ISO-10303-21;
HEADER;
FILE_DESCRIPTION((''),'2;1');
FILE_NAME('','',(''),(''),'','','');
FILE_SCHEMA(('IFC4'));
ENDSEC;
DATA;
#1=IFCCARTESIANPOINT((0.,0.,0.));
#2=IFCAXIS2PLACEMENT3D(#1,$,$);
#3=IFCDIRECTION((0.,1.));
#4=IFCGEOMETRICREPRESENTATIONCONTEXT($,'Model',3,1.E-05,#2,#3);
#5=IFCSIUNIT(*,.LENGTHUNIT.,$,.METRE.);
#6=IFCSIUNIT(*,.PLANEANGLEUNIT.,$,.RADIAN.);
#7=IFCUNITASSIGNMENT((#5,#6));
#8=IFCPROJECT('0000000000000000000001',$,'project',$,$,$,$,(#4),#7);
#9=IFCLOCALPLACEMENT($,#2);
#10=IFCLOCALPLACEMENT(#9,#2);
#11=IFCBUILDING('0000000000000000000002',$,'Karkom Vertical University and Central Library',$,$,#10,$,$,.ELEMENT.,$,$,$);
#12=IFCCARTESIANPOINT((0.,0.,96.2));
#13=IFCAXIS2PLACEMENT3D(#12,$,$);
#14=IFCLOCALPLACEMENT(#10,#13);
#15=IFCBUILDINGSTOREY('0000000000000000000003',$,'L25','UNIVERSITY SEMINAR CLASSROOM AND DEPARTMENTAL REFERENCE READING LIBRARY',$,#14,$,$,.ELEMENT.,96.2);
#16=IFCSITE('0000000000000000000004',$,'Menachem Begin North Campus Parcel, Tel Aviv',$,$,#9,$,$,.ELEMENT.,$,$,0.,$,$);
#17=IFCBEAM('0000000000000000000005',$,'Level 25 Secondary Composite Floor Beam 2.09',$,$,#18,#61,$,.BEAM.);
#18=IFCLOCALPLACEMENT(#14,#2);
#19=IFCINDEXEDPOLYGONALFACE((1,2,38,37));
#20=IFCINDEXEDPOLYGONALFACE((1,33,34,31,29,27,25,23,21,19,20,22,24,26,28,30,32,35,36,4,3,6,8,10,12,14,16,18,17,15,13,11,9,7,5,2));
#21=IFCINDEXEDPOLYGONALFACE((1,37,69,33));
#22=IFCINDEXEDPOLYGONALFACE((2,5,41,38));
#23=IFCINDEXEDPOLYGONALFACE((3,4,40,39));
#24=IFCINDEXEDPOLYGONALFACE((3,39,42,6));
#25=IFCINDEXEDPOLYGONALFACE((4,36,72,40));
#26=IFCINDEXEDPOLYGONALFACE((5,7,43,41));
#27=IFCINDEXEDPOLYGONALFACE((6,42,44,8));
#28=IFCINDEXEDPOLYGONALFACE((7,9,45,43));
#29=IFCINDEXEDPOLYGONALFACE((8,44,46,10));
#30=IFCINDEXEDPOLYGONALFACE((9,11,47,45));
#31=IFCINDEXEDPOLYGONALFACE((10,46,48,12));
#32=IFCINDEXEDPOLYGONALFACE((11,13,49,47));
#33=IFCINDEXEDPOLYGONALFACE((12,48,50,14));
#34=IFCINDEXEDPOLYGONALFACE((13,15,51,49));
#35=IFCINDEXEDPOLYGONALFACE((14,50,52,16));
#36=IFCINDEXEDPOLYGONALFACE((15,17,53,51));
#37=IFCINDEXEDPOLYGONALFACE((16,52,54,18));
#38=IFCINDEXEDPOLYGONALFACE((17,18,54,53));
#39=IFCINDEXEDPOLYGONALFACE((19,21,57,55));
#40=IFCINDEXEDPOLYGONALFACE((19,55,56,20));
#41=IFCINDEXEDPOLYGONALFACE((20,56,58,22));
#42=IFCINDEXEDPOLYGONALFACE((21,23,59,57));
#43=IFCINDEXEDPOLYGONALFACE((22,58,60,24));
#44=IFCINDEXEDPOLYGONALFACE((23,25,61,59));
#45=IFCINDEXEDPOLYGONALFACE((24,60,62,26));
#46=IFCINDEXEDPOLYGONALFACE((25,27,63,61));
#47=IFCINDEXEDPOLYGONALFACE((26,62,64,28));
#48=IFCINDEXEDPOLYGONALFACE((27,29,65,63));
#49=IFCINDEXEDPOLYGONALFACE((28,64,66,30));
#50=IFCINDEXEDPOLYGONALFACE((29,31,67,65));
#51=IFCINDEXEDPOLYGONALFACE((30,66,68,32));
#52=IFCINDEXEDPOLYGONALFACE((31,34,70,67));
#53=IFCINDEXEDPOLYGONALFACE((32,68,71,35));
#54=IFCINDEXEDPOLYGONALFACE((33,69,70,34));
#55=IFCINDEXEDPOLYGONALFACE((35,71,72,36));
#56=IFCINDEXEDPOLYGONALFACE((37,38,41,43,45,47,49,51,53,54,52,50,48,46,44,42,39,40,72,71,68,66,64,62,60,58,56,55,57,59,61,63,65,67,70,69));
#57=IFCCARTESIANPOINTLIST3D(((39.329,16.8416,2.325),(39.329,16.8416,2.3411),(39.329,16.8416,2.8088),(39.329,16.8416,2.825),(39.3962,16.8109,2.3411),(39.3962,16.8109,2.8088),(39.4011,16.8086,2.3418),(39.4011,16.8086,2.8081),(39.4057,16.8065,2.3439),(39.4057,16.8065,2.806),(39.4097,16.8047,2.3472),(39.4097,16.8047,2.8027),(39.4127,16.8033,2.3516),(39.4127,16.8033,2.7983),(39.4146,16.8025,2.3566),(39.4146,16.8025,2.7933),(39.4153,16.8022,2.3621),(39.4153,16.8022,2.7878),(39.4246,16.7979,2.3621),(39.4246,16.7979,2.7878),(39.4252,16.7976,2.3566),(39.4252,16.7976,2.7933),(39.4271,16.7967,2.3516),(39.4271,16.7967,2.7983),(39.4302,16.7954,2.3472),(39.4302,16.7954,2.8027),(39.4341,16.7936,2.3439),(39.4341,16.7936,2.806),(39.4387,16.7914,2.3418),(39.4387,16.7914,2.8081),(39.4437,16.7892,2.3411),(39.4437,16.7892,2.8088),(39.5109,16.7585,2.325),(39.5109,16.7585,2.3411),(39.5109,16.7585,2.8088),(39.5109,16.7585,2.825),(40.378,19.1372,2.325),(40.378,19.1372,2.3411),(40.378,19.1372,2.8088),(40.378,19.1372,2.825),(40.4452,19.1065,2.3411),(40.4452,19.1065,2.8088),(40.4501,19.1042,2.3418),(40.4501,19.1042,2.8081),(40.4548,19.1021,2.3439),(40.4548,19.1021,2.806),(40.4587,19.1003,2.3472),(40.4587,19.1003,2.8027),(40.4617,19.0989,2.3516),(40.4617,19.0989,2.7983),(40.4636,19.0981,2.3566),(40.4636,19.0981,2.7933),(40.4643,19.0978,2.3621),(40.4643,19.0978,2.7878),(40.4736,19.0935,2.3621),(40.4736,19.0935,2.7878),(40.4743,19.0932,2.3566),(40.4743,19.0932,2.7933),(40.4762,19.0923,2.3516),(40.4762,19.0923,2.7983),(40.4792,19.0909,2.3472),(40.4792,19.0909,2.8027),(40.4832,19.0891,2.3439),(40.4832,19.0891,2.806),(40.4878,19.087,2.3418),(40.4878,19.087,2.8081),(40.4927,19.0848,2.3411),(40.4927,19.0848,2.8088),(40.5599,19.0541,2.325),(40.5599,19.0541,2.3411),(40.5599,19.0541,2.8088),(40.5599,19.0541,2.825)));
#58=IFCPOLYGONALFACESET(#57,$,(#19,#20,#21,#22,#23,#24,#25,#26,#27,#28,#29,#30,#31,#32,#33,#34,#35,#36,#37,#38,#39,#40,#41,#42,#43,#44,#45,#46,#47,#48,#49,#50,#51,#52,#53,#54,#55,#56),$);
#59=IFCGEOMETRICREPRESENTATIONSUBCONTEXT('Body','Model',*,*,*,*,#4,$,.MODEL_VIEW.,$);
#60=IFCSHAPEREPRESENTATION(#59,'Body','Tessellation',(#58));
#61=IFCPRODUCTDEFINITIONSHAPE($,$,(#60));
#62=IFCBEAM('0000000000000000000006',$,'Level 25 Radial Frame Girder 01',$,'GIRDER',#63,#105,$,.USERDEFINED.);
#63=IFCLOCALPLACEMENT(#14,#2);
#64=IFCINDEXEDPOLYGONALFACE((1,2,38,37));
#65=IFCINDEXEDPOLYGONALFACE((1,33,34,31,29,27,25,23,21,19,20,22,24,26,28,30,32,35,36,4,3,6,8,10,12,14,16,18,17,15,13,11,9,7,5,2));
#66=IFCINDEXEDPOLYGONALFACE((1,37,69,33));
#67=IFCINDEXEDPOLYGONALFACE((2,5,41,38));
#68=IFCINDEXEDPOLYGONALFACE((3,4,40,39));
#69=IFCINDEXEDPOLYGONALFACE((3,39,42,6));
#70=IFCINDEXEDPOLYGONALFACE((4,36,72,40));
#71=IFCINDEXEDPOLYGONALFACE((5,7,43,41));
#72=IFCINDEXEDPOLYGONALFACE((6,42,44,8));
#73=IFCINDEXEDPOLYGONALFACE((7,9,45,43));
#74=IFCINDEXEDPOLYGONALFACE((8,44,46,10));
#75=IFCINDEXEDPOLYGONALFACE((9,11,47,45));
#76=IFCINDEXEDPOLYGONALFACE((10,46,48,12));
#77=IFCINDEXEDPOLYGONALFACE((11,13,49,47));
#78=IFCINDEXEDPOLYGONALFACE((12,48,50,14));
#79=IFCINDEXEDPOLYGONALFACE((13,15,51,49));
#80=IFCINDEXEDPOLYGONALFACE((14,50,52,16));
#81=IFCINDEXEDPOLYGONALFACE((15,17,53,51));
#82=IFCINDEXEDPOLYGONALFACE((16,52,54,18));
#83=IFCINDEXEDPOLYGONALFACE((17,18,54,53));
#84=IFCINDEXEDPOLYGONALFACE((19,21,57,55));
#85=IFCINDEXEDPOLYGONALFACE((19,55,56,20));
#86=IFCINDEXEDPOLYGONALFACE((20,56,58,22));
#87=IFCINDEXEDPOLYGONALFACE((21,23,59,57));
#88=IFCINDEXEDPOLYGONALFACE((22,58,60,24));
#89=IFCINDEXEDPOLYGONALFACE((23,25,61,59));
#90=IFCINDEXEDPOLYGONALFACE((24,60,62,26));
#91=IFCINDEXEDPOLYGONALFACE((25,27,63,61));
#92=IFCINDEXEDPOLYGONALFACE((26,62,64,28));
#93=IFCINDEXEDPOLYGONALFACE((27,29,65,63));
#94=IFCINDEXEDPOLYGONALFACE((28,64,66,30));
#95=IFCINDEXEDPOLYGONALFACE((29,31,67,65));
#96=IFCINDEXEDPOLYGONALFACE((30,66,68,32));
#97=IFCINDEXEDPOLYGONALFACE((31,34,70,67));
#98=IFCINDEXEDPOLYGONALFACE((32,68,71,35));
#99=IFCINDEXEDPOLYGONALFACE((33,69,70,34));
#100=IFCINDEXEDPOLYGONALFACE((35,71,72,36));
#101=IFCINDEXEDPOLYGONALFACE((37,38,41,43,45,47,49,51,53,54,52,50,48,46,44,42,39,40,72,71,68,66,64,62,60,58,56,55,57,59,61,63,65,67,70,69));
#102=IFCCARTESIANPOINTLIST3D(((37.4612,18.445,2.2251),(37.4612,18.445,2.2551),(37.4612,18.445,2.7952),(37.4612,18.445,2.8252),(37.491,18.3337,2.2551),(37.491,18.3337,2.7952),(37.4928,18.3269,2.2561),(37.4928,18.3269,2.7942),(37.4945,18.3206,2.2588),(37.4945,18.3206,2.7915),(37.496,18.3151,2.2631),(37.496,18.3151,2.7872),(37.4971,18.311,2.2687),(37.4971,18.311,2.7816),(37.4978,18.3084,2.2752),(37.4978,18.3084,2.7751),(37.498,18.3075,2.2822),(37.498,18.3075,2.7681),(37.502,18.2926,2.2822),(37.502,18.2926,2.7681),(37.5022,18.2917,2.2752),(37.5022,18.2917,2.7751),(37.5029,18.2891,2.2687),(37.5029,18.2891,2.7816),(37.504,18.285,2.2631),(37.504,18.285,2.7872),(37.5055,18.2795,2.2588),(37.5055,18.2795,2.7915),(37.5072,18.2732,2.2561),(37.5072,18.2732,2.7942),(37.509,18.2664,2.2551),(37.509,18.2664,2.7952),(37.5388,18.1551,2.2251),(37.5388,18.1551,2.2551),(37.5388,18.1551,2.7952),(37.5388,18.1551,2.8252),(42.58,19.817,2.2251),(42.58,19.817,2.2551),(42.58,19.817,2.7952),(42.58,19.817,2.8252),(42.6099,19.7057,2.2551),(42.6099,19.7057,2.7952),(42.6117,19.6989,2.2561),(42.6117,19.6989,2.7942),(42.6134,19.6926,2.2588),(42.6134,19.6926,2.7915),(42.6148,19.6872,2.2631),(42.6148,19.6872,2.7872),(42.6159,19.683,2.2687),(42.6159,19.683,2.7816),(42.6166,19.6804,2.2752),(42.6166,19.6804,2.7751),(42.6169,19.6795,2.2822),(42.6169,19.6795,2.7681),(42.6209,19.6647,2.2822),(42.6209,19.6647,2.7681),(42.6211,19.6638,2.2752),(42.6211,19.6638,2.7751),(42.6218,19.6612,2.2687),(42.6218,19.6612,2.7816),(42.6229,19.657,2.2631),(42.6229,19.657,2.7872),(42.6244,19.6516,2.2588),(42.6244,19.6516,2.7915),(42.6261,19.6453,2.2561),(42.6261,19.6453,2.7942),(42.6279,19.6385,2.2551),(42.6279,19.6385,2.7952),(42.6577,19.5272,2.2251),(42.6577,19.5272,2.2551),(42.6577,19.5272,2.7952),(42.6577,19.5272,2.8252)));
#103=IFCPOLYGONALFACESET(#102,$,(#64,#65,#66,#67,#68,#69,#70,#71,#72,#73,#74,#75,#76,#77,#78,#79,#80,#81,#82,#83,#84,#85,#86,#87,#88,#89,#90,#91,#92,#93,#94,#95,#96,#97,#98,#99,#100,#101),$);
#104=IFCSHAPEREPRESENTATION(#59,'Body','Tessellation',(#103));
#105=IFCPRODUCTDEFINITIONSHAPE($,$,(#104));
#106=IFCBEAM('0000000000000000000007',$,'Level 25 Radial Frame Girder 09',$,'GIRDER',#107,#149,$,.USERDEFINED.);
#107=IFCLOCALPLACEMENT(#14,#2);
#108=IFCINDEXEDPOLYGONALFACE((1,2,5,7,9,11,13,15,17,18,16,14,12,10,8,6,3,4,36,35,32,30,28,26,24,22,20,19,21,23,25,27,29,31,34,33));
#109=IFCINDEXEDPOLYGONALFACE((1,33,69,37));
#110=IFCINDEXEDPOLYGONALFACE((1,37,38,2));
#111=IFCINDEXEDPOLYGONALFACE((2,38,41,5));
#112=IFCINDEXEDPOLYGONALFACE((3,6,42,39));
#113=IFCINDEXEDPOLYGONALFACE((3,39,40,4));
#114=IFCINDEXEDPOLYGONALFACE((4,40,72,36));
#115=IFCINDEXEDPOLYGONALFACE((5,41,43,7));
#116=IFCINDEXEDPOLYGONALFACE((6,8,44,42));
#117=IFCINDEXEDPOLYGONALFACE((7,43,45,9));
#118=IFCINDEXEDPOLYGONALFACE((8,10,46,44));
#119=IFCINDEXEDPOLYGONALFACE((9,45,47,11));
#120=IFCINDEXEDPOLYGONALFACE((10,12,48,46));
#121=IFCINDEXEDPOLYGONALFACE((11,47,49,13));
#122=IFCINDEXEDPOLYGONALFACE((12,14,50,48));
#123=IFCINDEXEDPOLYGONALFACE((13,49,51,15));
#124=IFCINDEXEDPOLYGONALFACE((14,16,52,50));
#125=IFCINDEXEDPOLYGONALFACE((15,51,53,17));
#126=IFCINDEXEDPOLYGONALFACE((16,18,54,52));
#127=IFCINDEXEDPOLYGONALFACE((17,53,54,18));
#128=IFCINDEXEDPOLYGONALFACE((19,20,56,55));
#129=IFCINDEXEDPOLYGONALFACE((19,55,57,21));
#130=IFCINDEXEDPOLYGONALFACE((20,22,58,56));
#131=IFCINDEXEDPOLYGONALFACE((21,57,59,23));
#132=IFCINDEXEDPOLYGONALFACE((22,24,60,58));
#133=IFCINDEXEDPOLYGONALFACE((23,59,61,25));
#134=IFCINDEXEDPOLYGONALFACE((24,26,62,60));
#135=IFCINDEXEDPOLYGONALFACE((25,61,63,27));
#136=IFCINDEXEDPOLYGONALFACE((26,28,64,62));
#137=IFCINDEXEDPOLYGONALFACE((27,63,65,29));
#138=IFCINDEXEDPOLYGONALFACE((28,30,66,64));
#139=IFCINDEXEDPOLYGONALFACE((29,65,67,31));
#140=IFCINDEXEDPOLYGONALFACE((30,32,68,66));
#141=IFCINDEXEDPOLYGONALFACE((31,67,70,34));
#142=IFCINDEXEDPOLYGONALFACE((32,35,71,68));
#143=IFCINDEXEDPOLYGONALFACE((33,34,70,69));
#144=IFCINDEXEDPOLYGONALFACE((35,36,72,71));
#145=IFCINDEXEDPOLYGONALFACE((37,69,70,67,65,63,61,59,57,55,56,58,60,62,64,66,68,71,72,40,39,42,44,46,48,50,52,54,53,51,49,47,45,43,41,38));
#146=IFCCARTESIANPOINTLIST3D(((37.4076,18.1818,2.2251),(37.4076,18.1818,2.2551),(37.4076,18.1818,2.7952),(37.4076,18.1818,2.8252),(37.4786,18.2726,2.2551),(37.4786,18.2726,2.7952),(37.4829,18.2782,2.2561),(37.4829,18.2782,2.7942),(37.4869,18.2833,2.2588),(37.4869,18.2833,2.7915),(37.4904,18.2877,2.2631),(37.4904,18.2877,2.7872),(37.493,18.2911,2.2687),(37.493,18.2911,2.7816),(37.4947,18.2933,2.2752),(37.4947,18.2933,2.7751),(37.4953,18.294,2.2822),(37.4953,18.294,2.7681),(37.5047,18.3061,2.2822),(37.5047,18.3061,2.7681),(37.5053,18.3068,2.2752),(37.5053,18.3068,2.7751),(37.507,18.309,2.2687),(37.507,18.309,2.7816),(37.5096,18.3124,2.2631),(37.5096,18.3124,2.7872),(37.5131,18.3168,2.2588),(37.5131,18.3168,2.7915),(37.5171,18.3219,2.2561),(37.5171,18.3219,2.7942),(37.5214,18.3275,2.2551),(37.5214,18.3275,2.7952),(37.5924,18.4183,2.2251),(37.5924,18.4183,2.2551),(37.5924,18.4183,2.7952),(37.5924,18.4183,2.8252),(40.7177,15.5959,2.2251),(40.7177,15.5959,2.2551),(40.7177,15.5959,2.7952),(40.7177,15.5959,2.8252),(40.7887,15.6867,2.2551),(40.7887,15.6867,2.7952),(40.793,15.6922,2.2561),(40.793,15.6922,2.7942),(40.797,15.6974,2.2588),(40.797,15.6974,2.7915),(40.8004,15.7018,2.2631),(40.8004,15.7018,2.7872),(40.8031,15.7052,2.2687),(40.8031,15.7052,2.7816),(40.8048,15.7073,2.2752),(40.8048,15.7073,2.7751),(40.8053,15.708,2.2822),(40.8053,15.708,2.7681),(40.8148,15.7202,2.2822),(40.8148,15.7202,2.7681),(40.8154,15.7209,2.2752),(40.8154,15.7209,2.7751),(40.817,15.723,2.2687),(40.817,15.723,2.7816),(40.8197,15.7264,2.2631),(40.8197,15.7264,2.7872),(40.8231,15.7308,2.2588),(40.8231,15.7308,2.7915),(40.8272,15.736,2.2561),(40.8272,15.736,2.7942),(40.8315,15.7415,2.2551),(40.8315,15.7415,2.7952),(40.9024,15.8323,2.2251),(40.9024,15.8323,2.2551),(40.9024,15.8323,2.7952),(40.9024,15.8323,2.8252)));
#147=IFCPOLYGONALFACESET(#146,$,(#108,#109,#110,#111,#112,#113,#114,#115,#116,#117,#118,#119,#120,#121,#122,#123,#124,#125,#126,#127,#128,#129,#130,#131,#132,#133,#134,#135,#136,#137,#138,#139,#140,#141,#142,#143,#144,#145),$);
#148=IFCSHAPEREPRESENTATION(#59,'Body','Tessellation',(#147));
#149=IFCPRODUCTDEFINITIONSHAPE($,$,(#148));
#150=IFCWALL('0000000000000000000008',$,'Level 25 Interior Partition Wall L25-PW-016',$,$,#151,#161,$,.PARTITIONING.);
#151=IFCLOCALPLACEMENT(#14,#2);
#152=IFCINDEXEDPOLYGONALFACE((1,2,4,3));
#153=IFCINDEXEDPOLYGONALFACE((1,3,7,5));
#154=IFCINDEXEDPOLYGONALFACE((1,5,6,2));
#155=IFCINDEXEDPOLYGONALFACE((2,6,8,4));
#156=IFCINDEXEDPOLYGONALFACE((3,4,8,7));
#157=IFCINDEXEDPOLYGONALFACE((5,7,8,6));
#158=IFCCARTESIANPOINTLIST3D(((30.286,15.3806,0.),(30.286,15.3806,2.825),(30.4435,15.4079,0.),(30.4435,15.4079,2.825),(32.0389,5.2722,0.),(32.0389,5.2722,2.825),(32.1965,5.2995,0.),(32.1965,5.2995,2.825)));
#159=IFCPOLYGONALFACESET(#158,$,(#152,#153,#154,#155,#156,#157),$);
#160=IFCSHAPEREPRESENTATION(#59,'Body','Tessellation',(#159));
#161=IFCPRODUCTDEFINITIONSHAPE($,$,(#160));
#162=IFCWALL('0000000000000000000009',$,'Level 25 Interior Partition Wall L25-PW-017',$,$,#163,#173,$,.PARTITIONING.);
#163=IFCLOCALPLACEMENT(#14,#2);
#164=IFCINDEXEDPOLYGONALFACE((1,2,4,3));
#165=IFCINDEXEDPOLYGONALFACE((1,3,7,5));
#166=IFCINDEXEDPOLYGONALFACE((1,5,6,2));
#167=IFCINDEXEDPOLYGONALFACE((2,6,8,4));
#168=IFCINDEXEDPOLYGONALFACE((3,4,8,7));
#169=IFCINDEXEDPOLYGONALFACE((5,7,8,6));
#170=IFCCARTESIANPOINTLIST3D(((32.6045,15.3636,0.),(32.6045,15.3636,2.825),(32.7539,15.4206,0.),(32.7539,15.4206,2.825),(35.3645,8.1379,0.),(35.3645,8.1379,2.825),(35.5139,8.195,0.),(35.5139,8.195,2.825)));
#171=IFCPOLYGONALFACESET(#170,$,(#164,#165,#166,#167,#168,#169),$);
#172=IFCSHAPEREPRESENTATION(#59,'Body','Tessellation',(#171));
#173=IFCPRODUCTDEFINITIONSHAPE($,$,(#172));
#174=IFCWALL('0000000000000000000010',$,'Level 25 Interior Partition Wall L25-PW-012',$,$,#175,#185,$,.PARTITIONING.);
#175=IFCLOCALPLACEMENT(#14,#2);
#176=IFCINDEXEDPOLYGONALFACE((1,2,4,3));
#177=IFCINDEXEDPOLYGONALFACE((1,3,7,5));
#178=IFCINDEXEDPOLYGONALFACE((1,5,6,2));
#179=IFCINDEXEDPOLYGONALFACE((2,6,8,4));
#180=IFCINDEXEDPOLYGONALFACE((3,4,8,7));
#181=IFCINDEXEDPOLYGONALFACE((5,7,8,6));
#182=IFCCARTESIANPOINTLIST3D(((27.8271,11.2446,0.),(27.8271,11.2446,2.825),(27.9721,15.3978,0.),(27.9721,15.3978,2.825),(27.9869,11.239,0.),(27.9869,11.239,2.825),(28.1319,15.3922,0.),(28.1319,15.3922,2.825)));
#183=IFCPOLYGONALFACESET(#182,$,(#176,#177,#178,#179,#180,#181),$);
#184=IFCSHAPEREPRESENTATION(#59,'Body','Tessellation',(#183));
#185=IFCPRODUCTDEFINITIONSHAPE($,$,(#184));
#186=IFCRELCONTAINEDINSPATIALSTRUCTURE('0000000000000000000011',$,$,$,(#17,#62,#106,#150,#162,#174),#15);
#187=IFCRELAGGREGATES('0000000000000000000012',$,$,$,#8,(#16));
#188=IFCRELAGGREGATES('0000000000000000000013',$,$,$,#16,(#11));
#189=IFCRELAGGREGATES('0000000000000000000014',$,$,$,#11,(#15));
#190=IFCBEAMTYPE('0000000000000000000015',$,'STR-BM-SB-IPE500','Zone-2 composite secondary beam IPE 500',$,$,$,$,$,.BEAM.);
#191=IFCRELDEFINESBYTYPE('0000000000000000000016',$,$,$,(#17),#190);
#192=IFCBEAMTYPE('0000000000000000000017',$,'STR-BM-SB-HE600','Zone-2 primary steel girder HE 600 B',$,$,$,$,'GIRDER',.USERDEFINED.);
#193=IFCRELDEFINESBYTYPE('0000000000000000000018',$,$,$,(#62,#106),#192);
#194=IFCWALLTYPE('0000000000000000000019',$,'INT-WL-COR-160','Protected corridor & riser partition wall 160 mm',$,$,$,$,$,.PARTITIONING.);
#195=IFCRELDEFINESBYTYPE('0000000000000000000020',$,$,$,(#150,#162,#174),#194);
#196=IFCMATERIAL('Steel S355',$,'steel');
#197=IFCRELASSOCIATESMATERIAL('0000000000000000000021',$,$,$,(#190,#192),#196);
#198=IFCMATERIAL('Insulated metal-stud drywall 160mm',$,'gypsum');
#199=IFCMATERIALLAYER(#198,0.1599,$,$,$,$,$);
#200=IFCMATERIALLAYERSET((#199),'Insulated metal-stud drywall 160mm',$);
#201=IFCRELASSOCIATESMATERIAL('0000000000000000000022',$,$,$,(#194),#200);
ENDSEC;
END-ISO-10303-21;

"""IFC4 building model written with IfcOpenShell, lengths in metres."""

from ifc_helpers import new_model, si_unit, direction, frame, frame_2d, origin, origin_with_axes, origin_2d, place, context, subcontext, project, spatial, rectangle, i_section, extrude, source, transform, mapped, material, layer, layer_set, material_profile, profile_set, type_object, element, save


model = new_model("IFC4")

# Units and contexts
model_context = context("Model", 3, precision=1e-05, world=origin(), true_north=direction((0.0, 1.0)))
body_context = subcontext(model_context, "Body", "Model", "MODEL_VIEW")
ifc_project = project(units=[si_unit("LENGTHUNIT", "METRE"), si_unit("PLANEANGLEUNIT", "RADIAN")], contexts=[model_context])

# Site, building, storey
site_placement = place(None, origin())
site = spatial("IfcSite", under=ifc_project, at=site_placement, Name="Menachem Begin North Campus Parcel, Tel Aviv", CompositionType="ELEMENT", RefElevation=0.0)
building_placement = place(site_placement, origin())
building = spatial("IfcBuilding", under=site, at=building_placement, Name="Karkom Vertical University and Central Library", CompositionType="ELEMENT")
storey_placement = place(building_placement, frame((0.0, 0.0, 96.2)))
storey = spatial("IfcBuildingStorey", under=building, at=storey_placement, Name="L25", Description="UNIVERSITY SEMINAR CLASSROOM AND DEPARTMENTAL REFERENCE READING LIBRARY", CompositionType="ELEMENT", Elevation=96.2)

# Beams
ifc_material_1 = material(Name="Steel S355", Category="steel")
ifc_material_profile_1 = material_profile(ifc_material_1, i_section(OverallWidth=0.2, OverallDepth=0.5, WebThickness=0.0103, FlangeThickness=0.0161, FilletRadius=0.021, at=origin_2d()), Name="IPE 500")
ifc_profile_set_1 = profile_set([ifc_material_profile_1], Name="Steel S355")
beam_type_1 = type_object("IfcBeamType", Name="STR-BM-SB-IPE500", Description="Zone-2 composite secondary beam IPE 500", PredefinedType="BEAM", material=ifc_profile_set_1)
shared_shape_1 = source(origin_with_axes(), body_context, "Body", "SweptSolid", [
    extrude(i_section(OverallWidth=0.2, OverallDepth=0.5, WebThickness=0.0103, FlangeThickness=0.0161, FilletRadius=0.021, at=origin_2d()), origin(), (0.0, 0.0, 1.0), 2.5239),
])
beam_1_placement = place(storey_placement, frame((39.4199, 16.8, 2.575), z_axis=(0.415639, 0.90953, 0.0), x_axis=(-0.90953, 0.415639, 0.0)))
element("IfcBeam", 1, at=beam_1_placement, inside=storey, type_object=beam_type_1, Name="Level 25 Secondary Composite Floor Beam 2.09", PredefinedType="BEAM", context=body_context, shape_type="MappedRepresentation", body=[
    mapped(shared_shape_1, transform((0.0, 0.0, 0.0), scale=1.0)),
])
ifc_material_profile_2 = material_profile(ifc_material_1, i_section(OverallWidth=0.3, OverallDepth=0.6001, WebThickness=0.0154, FlangeThickness=0.03, FilletRadius=0.0271, at=origin_2d()), Name="HE 600 B")
ifc_profile_set_2 = profile_set([ifc_material_profile_2], Name="Steel S355")
beam_type_2 = type_object("IfcBeamType", Name="STR-BM-SB-HE600", Description="Zone-2 primary steel girder HE 600 B", ElementType="GIRDER", PredefinedType="USERDEFINED", material=ifc_profile_set_2)
shared_shape_2 = source(origin_with_axes(), body_context, "Body", "SweptSolid", [
    extrude(i_section(OverallWidth=0.3, OverallDepth=0.6001, WebThickness=0.0154, FlangeThickness=0.03, FilletRadius=0.0271, at=origin_2d()), origin(), (0.0, 0.0, 1.0), 5.2996),
])
beam_2_placement = place(storey_placement, frame((37.5, 18.3, 2.5251), z_axis=(0.965904, 0.258901, 0.0), x_axis=(-0.258901, 0.965904, 0.0)))
element("IfcBeam", 2, at=beam_2_placement, inside=storey, type_object=beam_type_2, Name="Level 25 Radial Frame Girder 01", ObjectType="GIRDER", PredefinedType="USERDEFINED", context=body_context, shape_type="MappedRepresentation", body=[
    mapped(shared_shape_2, transform((0.0, 0.0, 0.0), scale=1.0)),
])
shared_shape_3 = source(origin_with_axes(), body_context, "Body", "SweptSolid", [
    extrude(i_section(OverallWidth=0.3, OverallDepth=0.6001, WebThickness=0.0154, FlangeThickness=0.03, FilletRadius=0.0271, at=origin_2d()), origin(), (0.0, 0.0, 1.0), 4.2004),
])
beam_3_placement = place(storey_placement, frame((37.5, 18.3, 2.5251), z_axis=(0.78803, -0.615637, 0.0), x_axis=(0.615637, 0.78803, 0.0)))
element("IfcBeam", 3, at=beam_3_placement, inside=storey, type_object=beam_type_2, Name="Level 25 Radial Frame Girder 09", ObjectType="GIRDER", PredefinedType="USERDEFINED", context=body_context, shape_type="MappedRepresentation", body=[
    mapped(shared_shape_3, transform((0.0, 0.0, 0.0), scale=1.0)),
])

# Walls
ifc_material_2 = material(Name="Insulated metal-stud drywall 160mm", Category="gypsum")
ifc_layer_1 = layer(ifc_material_2, 0.1599)
ifc_layer_set_1 = layer_set([ifc_layer_1], Name="Insulated metal-stud drywall 160mm")
wall_type_1 = type_object("IfcWallType", Name="INT-WL-COR-160", Description="Protected corridor & riser partition wall 160 mm", PredefinedType="PARTITIONING", material=ifc_layer_set_1)
wall_1_placement = place(storey_placement, frame((30.3647, 15.3943, 0.0), z_axis=(0.0, 0.0, 1.0), x_axis=(0.170863, -0.985295, 0.0)))
element("IfcWall", 4, at=wall_1_placement, inside=storey, type_object=wall_type_1, Name="Level 25 Interior Partition Wall L25-PW-016", PredefinedType="PARTITIONING", context=body_context, shape_type="SweptSolid", body=[
    extrude(rectangle(XDim=10.2593, YDim=0.1599, at=frame_2d((5.1296, 0.0))), origin(), (0.0, 0.0, 1.0), 2.825),
])
wall_2_placement = place(storey_placement, frame((32.6792, 15.3921, 0.0), z_axis=(0.0, 0.0, 1.0), x_axis=(0.356831, -0.934169, 0.0)))
element("IfcWall", 5, at=wall_2_placement, inside=storey, type_object=wall_type_1, Name="Level 25 Interior Partition Wall L25-PW-017", PredefinedType="PARTITIONING", context=body_context, shape_type="SweptSolid", body=[
    extrude(rectangle(XDim=7.7349, YDim=0.1599, at=frame_2d((3.8674, 0.0))), origin(), (0.0, 0.0, 1.0), 2.825),
])
wall_3_placement = place(storey_placement, frame((28.052, 15.395, 0.0), z_axis=(0.0, 0.0, 1.0), x_axis=(-0.034895, -0.999391, 0.0)))
element("IfcWall", 6, at=wall_3_placement, inside=storey, type_object=wall_type_1, Name="Level 25 Interior Partition Wall L25-PW-012", PredefinedType="PARTITIONING", context=body_context, shape_type="SweptSolid", body=[
    extrude(rectangle(XDim=4.1558, YDim=0.1599, at=frame_2d((2.0779, 0.0))), origin(), (0.0, 0.0, 1.0), 2.825),
])

save(model, "model.ifc")
